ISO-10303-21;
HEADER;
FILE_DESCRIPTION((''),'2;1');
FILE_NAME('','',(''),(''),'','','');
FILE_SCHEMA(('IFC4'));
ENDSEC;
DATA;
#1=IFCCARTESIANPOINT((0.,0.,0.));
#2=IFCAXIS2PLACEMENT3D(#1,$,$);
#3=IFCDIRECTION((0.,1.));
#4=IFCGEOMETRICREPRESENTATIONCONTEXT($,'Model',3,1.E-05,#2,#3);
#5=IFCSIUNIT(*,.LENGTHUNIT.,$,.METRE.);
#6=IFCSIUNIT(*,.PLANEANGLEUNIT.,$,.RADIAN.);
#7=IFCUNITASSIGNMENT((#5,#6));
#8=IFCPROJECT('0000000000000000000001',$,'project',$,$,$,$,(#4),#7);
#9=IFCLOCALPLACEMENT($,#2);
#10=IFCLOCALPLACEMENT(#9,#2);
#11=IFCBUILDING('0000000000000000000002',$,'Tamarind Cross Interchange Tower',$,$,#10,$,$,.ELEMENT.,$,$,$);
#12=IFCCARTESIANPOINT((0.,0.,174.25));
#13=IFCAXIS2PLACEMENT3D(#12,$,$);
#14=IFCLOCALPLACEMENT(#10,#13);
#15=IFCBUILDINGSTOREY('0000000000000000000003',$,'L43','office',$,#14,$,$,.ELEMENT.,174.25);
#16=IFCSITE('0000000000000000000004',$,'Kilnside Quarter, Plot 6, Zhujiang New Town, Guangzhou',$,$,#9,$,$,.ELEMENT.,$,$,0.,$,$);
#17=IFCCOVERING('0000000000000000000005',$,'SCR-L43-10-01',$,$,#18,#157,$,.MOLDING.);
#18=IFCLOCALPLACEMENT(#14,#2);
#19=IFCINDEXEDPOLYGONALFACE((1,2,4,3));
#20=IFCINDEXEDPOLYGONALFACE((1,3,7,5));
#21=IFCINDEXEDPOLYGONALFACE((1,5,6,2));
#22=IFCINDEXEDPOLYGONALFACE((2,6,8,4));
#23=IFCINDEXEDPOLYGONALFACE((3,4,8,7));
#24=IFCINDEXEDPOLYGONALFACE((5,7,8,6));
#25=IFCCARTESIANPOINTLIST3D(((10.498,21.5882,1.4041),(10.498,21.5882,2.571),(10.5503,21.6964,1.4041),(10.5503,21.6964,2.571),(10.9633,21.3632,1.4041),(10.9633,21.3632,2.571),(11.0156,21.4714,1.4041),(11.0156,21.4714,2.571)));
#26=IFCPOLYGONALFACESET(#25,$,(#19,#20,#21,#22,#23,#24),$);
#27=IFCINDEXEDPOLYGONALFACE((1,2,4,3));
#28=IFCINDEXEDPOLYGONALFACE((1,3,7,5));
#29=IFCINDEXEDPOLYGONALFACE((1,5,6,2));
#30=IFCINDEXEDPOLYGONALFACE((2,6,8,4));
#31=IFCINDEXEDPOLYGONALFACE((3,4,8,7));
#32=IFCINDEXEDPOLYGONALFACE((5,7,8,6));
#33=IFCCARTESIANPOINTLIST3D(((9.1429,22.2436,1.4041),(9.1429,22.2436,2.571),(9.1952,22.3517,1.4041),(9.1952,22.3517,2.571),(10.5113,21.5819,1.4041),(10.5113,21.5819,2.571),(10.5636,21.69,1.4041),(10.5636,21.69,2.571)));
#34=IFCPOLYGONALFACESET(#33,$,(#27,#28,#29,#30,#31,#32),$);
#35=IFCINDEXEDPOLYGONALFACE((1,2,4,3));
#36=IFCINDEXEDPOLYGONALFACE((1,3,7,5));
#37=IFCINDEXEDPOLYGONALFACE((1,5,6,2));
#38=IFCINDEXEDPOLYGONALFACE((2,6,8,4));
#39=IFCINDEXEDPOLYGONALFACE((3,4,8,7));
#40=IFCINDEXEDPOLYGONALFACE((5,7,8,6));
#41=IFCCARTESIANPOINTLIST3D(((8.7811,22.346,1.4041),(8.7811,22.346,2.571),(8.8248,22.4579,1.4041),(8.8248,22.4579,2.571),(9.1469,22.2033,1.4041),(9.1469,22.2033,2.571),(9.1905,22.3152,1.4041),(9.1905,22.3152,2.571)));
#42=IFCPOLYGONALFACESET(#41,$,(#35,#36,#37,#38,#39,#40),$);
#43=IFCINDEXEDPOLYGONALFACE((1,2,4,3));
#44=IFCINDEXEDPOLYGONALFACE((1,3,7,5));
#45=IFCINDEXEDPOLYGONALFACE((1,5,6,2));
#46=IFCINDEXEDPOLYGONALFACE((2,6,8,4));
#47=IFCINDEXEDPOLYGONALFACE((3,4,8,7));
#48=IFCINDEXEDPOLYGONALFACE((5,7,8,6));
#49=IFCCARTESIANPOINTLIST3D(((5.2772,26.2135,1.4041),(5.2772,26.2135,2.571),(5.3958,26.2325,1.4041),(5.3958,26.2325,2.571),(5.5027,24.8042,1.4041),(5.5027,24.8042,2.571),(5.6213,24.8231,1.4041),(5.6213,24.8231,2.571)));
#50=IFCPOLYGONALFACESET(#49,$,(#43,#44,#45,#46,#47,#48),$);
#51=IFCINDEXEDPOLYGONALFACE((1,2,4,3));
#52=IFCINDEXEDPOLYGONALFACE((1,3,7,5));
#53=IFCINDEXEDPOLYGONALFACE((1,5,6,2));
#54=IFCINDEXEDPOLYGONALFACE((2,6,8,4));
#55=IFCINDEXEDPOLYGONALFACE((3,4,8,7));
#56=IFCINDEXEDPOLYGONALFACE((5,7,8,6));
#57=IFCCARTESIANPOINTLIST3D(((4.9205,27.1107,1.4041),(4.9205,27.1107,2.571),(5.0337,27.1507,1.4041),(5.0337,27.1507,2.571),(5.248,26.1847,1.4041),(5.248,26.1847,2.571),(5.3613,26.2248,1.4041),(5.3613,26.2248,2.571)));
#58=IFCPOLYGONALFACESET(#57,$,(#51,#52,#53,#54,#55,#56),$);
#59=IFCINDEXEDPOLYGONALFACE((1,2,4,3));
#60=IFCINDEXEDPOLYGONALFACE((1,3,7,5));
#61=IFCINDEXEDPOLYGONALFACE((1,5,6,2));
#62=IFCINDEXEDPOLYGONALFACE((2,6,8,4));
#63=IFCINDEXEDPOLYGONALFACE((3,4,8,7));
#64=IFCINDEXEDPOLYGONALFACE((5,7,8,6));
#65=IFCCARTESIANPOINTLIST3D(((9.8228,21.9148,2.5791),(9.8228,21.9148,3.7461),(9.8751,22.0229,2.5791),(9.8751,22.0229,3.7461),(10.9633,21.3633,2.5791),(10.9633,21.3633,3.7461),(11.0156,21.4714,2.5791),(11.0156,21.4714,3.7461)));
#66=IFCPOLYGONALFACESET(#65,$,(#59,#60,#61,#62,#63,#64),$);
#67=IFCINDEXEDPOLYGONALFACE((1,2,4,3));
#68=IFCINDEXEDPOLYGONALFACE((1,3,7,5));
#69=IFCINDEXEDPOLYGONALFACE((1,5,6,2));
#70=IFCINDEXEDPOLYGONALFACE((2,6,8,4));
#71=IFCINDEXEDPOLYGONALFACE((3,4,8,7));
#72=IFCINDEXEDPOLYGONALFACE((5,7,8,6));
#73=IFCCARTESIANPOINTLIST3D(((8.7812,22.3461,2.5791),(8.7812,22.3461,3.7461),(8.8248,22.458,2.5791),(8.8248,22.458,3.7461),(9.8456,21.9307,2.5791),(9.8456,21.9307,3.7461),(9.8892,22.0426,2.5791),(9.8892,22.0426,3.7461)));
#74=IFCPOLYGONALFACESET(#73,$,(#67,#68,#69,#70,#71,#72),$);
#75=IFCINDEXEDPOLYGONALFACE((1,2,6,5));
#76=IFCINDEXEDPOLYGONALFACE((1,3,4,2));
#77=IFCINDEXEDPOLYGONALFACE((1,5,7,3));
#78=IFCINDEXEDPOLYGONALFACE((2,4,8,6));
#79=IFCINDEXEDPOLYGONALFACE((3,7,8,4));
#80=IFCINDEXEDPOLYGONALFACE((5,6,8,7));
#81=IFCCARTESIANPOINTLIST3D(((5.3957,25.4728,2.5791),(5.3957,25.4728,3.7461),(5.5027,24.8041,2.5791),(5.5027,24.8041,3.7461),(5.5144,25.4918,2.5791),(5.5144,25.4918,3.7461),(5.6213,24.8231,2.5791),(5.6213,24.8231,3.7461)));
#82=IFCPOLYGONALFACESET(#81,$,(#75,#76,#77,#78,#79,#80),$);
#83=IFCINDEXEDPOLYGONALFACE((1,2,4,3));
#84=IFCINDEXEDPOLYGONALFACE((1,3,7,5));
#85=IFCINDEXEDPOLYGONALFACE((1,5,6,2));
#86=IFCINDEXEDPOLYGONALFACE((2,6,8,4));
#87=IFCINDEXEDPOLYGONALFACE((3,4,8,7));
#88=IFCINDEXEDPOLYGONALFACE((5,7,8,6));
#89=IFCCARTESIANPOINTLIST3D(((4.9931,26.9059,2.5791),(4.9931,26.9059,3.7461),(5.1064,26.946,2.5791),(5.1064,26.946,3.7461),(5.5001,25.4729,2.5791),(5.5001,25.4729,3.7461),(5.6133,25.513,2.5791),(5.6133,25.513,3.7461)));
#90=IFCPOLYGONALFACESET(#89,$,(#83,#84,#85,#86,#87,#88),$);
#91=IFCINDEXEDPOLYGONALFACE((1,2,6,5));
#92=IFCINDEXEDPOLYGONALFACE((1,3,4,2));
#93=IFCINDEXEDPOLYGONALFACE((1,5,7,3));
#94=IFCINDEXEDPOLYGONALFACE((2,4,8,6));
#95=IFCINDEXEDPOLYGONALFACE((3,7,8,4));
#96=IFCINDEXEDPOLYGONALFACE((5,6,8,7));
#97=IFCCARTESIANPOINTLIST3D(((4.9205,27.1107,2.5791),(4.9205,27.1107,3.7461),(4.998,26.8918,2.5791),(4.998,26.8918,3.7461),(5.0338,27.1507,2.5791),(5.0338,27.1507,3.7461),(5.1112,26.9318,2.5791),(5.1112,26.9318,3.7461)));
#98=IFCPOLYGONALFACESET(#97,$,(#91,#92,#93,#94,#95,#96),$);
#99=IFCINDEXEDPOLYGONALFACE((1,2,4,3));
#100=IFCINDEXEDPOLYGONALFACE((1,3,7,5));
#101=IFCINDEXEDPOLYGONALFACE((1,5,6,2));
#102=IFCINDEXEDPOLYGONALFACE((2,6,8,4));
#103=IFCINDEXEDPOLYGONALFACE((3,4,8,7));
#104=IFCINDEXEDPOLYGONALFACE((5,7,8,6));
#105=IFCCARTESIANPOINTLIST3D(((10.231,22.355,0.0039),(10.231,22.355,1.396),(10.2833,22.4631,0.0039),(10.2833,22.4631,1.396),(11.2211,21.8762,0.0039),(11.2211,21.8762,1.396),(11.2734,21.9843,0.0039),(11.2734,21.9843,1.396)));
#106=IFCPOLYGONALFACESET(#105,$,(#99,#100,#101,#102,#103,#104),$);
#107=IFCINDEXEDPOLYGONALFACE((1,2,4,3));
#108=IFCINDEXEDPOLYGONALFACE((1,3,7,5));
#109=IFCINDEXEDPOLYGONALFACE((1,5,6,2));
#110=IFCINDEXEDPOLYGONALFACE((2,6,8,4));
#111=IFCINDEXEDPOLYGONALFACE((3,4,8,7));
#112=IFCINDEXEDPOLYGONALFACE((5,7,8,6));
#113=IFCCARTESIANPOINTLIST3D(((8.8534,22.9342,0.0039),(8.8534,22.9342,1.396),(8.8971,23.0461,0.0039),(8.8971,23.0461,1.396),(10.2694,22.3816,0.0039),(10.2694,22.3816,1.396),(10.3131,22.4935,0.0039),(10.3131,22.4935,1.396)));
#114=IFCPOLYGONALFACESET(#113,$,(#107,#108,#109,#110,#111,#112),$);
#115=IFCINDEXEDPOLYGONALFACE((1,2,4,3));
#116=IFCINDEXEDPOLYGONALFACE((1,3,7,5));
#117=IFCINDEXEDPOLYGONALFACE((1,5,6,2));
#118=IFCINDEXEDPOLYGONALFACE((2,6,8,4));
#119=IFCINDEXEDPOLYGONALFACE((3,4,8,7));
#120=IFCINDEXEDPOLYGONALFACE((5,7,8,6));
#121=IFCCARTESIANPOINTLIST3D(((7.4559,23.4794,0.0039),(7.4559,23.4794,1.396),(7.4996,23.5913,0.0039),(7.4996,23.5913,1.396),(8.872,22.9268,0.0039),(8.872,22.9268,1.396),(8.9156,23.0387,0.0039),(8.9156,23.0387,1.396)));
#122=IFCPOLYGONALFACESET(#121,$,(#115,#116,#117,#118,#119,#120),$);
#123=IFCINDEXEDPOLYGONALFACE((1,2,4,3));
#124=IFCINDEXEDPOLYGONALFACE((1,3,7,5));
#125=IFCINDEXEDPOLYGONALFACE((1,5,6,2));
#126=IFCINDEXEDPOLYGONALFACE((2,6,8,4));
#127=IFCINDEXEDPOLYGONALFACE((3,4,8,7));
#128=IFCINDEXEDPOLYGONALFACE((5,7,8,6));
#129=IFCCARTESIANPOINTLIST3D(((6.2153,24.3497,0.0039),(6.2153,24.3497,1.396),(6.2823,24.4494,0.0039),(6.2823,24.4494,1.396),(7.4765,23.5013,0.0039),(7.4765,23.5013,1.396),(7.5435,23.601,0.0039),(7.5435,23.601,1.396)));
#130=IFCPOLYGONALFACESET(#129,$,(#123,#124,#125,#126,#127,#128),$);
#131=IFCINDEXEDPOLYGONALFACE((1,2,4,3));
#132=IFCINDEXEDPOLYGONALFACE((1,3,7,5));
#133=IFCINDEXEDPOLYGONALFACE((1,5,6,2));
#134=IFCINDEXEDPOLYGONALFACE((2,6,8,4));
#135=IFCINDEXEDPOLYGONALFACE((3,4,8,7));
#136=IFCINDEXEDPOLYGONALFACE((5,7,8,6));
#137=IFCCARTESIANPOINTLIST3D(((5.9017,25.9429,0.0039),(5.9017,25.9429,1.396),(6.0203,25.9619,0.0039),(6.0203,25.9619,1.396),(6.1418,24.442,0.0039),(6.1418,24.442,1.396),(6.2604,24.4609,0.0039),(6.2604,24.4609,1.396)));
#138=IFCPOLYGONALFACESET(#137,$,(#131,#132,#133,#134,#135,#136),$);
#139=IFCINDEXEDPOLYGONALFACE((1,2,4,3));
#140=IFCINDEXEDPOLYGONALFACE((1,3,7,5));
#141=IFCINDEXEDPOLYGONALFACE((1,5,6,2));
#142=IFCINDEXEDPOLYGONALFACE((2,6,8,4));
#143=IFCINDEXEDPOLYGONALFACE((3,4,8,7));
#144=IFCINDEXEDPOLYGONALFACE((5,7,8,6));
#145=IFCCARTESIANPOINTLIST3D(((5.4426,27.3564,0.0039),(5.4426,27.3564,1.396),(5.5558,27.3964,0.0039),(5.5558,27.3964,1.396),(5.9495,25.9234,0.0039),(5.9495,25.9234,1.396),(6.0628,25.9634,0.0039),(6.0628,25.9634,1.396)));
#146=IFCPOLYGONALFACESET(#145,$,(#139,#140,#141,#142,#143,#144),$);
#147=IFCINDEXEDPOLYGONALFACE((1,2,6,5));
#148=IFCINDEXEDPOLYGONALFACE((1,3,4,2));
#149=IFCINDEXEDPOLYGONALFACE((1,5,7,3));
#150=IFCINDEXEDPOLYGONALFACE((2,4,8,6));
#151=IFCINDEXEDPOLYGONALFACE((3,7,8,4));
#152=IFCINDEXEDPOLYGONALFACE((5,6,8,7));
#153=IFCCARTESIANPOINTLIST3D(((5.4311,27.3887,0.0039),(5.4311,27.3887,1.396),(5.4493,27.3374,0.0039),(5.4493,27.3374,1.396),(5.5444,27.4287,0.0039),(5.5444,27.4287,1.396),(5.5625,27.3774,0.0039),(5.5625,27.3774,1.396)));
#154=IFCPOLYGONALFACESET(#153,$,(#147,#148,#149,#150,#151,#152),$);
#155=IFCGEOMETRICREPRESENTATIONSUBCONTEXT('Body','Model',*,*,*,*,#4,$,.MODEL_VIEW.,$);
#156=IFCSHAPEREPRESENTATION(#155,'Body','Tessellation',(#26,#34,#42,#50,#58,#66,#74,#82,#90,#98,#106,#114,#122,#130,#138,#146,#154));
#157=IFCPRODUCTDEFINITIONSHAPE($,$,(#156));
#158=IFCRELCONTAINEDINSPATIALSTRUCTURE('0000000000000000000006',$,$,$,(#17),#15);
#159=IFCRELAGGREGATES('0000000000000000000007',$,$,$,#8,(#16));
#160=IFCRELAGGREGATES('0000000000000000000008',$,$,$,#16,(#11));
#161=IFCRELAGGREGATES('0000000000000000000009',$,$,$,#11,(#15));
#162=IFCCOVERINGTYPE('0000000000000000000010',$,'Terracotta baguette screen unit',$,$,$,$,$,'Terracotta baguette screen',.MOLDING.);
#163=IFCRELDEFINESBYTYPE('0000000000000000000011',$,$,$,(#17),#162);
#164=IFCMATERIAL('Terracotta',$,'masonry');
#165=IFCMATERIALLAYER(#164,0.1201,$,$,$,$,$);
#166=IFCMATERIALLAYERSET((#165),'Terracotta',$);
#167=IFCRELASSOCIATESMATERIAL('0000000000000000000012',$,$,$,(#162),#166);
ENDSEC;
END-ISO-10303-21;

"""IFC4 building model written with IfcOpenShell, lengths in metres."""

from ifc_helpers import new_model, si_unit, direction, frame, origin, origin_2d, place, context, subcontext, project, spatial, rectangle, extrude, material, layer, layer_set, type_object, element, save


model = new_model("IFC4")

# Units and contexts
model_context = context("Model", 3, precision=1e-05, world=origin(), true_north=direction((0.0, 1.0)))
body_context = subcontext(model_context, "Body", "Model", "MODEL_VIEW")
ifc_project = project(units=[si_unit("LENGTHUNIT", "METRE"), si_unit("PLANEANGLEUNIT", "RADIAN")], contexts=[model_context])

# Site, building, storey
site_placement = place(None, origin())
site = spatial("IfcSite", under=ifc_project, at=site_placement, Name="Kilnside Quarter, Plot 6, Zhujiang New Town, Guangzhou", CompositionType="ELEMENT", RefElevation=0.0)
building_placement = place(site_placement, origin())
building = spatial("IfcBuilding", under=site, at=building_placement, Name="Tamarind Cross Interchange Tower", CompositionType="ELEMENT")
storey_placement = place(building_placement, frame((0.0, 0.0, 174.25)))
storey = spatial("IfcBuildingStorey", under=building, at=storey_placement, Name="L43", Description="office", CompositionType="ELEMENT", Elevation=174.25)

# Covering
ifc_material_1 = material(Name="Terracotta", Category="masonry")
ifc_layer_1 = layer(ifc_material_1, 0.1201)
ifc_layer_set_1 = layer_set([ifc_layer_1], Name="Terracotta")
covering_type = type_object("IfcCoveringType", Name="Terracotta baguette screen unit", ElementType="Terracotta baguette screen", PredefinedType="MOLDING", material=ifc_layer_set_1)
covering_1_placement = place(storey_placement, origin())
element("IfcCovering", 1, at=covering_1_placement, inside=storey, type_object=covering_type, Name="SCR-L43-10-01", PredefinedType="MOLDING", context=body_context, shape_type="SweptSolid", body=[
    extrude(rectangle(XDim=0.5168, YDim=0.1201, at=origin_2d()), frame((10.7568, 21.5298, 1.4041), z_axis=(0.0, 0.0, 1.0), x_axis=(-0.900273, 0.435326, 0.0)), (0.0, 0.0, 1.0), 1.167),
    extrude(rectangle(XDim=1.52, YDim=0.1201, at=origin_2d()), frame((9.8533, 21.9668, 1.4041), z_axis=(0.0, 0.0, 1.0), x_axis=(-0.900273, 0.435326, 0.0)), (0.0, 0.0, 1.0), 1.167),
    extrude(rectangle(XDim=0.3926, YDim=0.1201, at=origin_2d()), frame((8.9858, 22.3306, 1.4041), z_axis=(0.0, 0.0, 1.0), x_axis=(-0.931591, 0.363508, 0.0)), (0.0, 0.0, 1.0), 1.167),
    extrude(rectangle(XDim=1.4272, YDim=0.1201, at=origin_2d()), frame((5.4492, 25.5183, 1.4041), z_axis=(0.0, 0.0, 1.0), x_axis=(-0.157985, 0.987441, 0.0)), (0.0, 0.0, 1.0), 1.167),
    extrude(rectangle(XDim=0.9822, YDim=0.1201, at=origin_2d()), frame((5.1409, 26.6677, 1.4041), z_axis=(0.0, 0.0, 1.0), x_axis=(-0.333496, 0.942752, 0.0)), (0.0, 0.0, 1.0), 1.167),
    extrude(rectangle(XDim=1.2668, YDim=0.1201, at=origin_2d()), frame((10.4192, 21.6931, 2.5791), z_axis=(0.0, 0.0, 1.0), x_axis=(-0.900273, 0.435326, 0.0)), (0.0, 0.0, 1.0), 1.167),
    extrude(rectangle(XDim=1.1426, YDim=0.1201, at=origin_2d()), frame((9.3352, 22.1943, 2.5791), z_axis=(0.0, 0.0, 1.0), x_axis=(-0.931591, 0.363508, 0.0)), (0.0, 0.0, 1.0), 1.167),
    extrude(rectangle(XDim=0.6772, YDim=0.1201, at=origin_2d()), frame((5.5085, 25.1479, 2.5791), z_axis=(0.0, 0.0, 1.0), x_axis=(-0.157985, 0.987441, 0.0)), (0.0, 0.0, 1.0), 1.167),
    extrude(rectangle(XDim=1.52, YDim=0.1201, at=origin_2d()), frame((5.3032, 26.2095, 2.5791), z_axis=(0.0, 0.0, 1.0), x_axis=(-0.333496, 0.942752, 0.0)), (0.0, 0.0, 1.0), 1.167),
    extrude(rectangle(XDim=0.2322, YDim=0.1201, at=origin_2d()), frame((5.0159, 27.0212, 2.5791), z_axis=(0.0, 0.0, 1.0), x_axis=(-0.333496, 0.942752, 0.0)), (0.0, 0.0, 1.0), 1.167),
    extrude(rectangle(XDim=1.0999, YDim=0.1201, at=origin_2d()), frame((10.7522, 22.1697, 0.0039), z_axis=(0.0, 0.0, 1.0), x_axis=(-0.900273, 0.435326, 0.0)), (0.0, 0.0, 1.0), 1.3921),
    extrude(rectangle(XDim=1.52, YDim=0.1201, at=origin_2d()), frame((9.5833, 22.7139, 0.0039), z_axis=(0.0, 0.0, 1.0), x_axis=(-0.931591, 0.363508, 0.0)), (0.0, 0.0, 1.0), 1.3921),
    extrude(rectangle(XDim=1.52, YDim=0.1201, at=origin_2d()), frame((8.1858, 23.259, 0.0039), z_axis=(0.0, 0.0, 1.0), x_axis=(-0.931591, 0.363508, 0.0)), (0.0, 0.0, 1.0), 1.3921),
    extrude(rectangle(XDim=1.52, YDim=0.1201, at=origin_2d()), frame((6.8794, 23.9753, 0.0039), z_axis=(0.0, 0.0, 1.0), x_axis=(-0.829754, 0.558129, 0.0)), (0.0, 0.0, 1.0), 1.3921),
    extrude(rectangle(XDim=1.52, YDim=0.1201, at=origin_2d()), frame((6.0811, 25.2019, 0.0039), z_axis=(0.0, 0.0, 1.0), x_axis=(-0.157985, 0.987441, 0.0)), (0.0, 0.0, 1.0), 1.3921),
    extrude(rectangle(XDim=1.52, YDim=0.1201, at=origin_2d()), frame((5.7527, 26.6599, 0.0039), z_axis=(0.0, 0.0, 1.0), x_axis=(-0.333496, 0.942752, 0.0)), (0.0, 0.0, 1.0), 1.3921),
    extrude(rectangle(XDim=0.0544, YDim=0.1201, at=origin_2d()), frame((5.4968, 27.3831, 0.0039), z_axis=(0.0, 0.0, 1.0), x_axis=(-0.333496, 0.942752, 0.0)), (0.0, 0.0, 1.0), 1.3921),
])

save(model, "model.ifc")
